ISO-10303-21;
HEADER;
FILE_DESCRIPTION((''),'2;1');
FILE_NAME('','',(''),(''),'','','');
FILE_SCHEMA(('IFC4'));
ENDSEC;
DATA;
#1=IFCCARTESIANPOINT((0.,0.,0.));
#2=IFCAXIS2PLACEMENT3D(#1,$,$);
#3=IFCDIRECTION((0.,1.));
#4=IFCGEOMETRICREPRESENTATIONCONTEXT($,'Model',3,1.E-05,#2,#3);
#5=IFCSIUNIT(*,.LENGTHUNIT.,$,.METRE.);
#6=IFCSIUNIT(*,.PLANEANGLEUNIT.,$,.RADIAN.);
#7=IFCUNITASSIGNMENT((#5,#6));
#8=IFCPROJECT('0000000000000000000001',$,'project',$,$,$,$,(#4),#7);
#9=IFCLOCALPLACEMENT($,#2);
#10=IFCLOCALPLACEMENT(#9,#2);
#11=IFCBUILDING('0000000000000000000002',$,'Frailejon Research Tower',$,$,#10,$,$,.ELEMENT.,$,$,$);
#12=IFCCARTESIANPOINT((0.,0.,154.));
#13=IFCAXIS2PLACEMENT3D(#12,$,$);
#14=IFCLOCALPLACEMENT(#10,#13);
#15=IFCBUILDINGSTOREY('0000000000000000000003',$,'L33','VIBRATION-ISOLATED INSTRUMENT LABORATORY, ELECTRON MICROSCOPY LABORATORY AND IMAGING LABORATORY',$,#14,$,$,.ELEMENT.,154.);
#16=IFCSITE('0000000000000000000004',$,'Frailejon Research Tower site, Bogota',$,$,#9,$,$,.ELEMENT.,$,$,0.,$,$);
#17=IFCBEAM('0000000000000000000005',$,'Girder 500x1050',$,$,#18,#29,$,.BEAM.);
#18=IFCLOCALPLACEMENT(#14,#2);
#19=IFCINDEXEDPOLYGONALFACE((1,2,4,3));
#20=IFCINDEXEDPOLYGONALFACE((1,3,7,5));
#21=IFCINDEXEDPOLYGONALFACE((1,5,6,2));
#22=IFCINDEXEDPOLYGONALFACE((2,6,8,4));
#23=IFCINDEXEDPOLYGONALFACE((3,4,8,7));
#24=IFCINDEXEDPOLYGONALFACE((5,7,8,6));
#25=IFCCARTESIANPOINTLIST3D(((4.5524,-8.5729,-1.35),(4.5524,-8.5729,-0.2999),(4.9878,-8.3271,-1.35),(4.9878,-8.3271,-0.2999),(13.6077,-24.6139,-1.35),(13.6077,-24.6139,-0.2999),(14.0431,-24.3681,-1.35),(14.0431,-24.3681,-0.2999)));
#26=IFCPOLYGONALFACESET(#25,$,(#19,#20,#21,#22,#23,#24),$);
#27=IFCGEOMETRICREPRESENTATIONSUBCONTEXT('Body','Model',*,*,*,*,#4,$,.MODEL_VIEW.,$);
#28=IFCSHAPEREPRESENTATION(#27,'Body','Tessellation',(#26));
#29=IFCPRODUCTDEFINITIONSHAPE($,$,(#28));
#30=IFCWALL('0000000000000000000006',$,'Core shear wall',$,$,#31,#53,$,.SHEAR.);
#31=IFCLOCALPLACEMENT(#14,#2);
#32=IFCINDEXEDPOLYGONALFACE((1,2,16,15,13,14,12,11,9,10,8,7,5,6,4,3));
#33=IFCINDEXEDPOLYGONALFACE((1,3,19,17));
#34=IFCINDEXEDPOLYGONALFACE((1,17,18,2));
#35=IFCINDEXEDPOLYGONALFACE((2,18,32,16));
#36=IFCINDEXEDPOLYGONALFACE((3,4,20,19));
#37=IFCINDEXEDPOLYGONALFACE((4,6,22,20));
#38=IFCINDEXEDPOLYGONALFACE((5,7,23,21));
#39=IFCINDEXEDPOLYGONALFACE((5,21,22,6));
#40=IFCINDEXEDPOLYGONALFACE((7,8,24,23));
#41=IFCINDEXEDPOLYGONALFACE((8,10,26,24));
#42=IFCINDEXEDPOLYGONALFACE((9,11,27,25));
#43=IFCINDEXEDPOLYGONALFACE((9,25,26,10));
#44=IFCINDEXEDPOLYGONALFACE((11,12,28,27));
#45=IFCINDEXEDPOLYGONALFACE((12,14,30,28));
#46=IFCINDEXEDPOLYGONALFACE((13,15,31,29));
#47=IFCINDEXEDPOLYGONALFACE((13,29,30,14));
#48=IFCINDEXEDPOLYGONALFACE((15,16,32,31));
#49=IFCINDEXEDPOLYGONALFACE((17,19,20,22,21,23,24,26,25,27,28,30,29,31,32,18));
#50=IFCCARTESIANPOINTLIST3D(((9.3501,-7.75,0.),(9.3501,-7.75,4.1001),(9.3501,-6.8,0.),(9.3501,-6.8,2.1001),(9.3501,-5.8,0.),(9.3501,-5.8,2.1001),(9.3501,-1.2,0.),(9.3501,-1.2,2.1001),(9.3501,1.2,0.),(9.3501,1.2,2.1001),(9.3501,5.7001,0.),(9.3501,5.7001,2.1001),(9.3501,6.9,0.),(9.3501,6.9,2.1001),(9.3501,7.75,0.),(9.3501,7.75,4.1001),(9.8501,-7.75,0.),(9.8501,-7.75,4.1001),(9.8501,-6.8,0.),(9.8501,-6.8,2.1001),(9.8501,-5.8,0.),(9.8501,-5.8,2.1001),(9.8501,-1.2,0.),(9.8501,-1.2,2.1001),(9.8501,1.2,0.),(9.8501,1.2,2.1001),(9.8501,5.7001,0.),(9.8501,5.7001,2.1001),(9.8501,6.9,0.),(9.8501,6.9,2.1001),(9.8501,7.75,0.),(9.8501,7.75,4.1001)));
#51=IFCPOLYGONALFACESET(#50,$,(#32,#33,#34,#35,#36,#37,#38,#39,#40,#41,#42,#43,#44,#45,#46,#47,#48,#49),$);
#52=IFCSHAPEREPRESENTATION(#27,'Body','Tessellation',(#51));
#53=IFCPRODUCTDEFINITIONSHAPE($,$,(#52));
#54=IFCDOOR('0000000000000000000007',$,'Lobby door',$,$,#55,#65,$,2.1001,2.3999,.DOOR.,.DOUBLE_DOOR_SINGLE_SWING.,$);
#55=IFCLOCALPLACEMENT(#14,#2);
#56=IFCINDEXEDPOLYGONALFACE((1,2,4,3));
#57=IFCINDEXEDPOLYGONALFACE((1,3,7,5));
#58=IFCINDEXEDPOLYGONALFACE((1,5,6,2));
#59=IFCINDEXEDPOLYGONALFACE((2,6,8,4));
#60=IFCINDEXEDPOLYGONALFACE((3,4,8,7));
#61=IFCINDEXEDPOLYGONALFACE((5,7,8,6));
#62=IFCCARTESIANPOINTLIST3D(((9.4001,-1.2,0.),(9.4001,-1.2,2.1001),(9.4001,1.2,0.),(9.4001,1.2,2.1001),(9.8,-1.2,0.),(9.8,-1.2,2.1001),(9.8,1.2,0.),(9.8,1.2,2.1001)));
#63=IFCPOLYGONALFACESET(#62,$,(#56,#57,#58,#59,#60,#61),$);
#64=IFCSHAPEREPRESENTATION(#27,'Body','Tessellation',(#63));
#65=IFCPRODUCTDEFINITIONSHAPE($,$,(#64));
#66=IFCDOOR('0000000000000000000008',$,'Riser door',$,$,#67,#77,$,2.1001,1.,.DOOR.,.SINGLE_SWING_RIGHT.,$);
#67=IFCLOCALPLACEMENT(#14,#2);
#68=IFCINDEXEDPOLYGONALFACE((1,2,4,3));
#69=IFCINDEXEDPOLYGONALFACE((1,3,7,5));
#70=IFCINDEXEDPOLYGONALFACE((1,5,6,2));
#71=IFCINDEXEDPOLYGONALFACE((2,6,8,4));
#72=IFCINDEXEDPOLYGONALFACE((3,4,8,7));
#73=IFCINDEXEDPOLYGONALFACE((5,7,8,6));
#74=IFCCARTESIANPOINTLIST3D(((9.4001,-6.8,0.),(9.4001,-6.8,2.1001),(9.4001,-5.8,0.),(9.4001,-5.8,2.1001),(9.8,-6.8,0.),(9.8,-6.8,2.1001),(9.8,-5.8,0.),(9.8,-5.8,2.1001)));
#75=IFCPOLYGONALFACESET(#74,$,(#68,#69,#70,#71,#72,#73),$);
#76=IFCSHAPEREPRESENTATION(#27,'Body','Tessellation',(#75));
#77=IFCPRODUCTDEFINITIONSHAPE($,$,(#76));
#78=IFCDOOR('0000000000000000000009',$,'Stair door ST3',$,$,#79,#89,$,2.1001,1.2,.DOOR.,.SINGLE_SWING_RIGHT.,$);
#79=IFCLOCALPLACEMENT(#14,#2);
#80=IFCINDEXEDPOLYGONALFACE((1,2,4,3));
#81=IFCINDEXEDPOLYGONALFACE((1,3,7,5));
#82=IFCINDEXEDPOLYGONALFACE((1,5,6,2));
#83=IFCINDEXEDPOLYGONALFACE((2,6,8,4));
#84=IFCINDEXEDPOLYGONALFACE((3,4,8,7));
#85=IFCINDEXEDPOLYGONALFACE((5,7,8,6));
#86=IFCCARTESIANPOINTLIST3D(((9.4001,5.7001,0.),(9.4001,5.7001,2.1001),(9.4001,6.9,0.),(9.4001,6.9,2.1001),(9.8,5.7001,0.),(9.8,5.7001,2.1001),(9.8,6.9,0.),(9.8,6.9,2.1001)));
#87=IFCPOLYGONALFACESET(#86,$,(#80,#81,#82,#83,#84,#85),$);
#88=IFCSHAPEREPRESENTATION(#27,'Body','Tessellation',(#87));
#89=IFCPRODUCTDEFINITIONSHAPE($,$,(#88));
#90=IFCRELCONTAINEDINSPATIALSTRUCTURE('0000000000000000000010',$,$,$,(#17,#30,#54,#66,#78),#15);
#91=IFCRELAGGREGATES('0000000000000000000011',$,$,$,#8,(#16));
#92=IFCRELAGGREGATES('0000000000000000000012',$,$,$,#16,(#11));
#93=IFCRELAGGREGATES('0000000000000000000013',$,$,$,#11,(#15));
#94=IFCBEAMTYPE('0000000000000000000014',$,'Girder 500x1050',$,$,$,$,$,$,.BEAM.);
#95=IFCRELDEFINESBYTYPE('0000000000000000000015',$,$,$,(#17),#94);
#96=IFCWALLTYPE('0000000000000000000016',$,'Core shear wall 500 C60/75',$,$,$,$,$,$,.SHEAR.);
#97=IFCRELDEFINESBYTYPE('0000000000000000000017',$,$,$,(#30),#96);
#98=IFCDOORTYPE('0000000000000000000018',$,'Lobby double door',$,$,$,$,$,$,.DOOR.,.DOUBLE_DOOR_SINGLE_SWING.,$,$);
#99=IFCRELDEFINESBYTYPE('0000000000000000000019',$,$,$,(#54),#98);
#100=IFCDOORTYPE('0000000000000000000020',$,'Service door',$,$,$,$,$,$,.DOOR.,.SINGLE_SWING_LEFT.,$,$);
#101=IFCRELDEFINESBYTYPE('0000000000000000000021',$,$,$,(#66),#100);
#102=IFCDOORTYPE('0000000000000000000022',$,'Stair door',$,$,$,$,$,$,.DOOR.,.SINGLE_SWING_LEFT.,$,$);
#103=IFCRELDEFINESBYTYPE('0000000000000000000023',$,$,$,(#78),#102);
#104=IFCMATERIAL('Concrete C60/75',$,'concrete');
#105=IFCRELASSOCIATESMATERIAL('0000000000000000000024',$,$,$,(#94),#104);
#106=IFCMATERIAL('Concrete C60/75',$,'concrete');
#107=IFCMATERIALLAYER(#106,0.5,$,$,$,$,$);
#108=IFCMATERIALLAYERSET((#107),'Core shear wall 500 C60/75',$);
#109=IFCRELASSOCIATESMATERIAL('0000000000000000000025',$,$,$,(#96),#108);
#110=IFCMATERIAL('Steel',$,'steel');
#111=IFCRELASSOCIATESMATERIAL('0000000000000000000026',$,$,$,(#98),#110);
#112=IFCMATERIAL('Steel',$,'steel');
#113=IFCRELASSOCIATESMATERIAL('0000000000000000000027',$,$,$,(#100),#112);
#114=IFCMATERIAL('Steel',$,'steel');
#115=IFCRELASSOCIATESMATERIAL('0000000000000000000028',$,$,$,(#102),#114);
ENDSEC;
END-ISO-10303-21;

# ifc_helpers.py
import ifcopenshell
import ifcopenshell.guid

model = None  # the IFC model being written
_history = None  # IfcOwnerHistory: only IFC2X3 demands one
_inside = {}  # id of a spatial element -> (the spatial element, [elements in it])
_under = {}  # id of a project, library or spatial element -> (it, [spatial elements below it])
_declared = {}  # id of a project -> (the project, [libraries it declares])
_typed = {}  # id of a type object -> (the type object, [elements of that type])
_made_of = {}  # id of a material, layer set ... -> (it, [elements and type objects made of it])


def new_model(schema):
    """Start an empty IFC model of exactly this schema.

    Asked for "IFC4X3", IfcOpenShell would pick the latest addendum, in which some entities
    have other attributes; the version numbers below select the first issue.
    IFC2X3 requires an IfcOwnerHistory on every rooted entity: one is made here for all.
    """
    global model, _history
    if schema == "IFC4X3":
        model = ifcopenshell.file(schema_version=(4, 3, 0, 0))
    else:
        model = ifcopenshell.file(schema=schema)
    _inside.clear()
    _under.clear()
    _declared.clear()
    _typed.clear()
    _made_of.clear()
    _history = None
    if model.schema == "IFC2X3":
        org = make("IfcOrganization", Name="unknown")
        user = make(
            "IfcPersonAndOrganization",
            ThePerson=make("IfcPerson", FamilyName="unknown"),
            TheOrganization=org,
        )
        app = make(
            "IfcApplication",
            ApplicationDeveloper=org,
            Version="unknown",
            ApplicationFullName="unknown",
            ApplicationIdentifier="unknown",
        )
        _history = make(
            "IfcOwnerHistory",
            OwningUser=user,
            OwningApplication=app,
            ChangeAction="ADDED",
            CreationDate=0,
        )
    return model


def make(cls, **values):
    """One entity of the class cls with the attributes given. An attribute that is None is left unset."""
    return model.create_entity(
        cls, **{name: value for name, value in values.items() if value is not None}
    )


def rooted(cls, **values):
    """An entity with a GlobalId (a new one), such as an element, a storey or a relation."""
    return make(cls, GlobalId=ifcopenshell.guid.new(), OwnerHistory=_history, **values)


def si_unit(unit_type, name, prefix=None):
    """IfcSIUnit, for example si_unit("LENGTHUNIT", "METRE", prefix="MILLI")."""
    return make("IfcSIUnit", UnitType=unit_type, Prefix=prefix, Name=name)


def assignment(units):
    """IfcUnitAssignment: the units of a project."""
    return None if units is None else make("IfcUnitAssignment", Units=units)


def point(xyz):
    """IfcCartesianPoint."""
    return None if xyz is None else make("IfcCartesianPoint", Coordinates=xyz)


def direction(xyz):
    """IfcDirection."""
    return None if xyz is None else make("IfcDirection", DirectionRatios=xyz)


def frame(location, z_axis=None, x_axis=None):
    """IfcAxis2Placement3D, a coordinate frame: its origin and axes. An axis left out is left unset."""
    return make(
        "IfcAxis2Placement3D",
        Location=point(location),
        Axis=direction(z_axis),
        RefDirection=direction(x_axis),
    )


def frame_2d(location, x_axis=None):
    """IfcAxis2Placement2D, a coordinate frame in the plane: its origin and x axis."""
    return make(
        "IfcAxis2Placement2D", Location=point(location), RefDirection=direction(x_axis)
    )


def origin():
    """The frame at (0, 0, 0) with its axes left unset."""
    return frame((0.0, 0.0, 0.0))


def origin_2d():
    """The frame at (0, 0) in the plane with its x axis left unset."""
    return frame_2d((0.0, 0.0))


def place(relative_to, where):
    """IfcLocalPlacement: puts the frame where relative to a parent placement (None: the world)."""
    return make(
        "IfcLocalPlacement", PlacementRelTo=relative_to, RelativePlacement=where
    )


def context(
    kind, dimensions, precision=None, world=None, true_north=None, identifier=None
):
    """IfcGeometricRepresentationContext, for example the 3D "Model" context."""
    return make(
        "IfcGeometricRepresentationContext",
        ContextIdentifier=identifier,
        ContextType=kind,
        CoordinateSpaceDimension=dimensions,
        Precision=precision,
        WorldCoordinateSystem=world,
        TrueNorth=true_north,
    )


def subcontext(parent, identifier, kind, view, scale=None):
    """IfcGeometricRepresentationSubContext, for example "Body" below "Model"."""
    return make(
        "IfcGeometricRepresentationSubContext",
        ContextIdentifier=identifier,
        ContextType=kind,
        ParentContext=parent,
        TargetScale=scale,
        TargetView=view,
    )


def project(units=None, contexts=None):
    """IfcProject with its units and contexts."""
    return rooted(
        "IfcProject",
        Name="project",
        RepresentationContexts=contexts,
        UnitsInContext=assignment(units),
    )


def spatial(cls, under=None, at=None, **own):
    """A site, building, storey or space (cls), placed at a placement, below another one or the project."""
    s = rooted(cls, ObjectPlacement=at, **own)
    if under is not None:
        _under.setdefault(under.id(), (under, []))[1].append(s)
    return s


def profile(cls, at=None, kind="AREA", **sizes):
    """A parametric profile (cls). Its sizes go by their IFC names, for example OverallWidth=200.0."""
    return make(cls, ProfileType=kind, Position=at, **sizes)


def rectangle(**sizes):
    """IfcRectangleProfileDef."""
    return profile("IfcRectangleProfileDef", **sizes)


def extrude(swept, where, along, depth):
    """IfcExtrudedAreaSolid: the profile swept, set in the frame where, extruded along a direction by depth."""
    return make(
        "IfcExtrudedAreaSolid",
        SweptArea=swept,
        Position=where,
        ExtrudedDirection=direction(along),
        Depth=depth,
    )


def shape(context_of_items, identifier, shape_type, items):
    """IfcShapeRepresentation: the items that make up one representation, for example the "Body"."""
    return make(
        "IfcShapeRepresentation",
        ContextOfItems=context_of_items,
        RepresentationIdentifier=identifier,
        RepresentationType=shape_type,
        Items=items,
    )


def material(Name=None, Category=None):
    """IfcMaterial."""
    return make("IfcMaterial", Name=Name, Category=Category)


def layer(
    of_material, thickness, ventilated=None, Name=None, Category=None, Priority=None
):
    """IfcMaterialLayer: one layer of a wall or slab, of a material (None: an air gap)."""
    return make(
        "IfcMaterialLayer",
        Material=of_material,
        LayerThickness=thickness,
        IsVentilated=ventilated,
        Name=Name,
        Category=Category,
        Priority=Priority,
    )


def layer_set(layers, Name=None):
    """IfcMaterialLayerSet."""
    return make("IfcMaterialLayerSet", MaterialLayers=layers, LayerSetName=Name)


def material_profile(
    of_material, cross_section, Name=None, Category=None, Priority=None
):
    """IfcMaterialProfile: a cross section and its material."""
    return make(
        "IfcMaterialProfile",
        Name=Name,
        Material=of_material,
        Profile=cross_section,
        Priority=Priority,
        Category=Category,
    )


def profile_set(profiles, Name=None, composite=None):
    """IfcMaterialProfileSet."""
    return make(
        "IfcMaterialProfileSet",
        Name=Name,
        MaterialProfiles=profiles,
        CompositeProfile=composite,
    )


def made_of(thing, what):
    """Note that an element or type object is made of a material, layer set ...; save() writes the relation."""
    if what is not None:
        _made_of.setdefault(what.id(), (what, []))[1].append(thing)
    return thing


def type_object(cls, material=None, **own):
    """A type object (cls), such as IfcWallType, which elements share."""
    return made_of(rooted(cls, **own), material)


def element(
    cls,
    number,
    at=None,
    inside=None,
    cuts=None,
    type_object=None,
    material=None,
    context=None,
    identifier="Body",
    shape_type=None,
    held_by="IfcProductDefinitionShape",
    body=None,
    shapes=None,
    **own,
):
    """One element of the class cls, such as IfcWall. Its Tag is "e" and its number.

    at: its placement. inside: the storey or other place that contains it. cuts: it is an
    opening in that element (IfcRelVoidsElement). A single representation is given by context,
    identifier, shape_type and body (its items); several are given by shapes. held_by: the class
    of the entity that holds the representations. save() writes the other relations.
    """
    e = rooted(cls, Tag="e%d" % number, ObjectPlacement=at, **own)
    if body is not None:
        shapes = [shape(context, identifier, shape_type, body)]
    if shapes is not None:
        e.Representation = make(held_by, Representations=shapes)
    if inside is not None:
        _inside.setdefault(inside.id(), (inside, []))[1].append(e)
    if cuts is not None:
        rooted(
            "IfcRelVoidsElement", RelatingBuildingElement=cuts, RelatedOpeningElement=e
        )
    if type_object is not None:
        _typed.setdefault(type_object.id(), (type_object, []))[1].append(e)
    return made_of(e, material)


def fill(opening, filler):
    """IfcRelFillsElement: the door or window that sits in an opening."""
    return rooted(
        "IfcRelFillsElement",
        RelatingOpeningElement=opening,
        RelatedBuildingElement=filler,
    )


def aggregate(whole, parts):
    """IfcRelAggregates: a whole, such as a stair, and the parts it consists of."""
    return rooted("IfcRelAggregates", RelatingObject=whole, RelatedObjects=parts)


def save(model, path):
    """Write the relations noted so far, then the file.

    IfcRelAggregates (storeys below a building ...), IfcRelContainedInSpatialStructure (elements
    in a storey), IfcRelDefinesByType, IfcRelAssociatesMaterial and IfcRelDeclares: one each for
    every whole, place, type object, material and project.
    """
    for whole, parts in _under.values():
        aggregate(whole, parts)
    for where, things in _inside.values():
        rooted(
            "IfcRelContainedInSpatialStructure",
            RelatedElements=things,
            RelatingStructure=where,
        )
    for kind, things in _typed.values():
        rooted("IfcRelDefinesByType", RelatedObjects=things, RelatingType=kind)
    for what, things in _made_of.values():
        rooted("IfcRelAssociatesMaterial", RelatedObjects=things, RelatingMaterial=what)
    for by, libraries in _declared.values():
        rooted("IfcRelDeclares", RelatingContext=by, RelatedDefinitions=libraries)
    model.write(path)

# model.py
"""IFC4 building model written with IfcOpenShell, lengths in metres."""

from ifc_helpers import new_model, si_unit, direction, frame, frame_2d, origin, origin_2d, place, context, subcontext, project, spatial, rectangle, extrude, material, layer, layer_set, material_profile, profile_set, type_object, element, fill, save


model = new_model("IFC4")

# Units and contexts
model_context = context("Model", 3, precision=1e-05, world=origin(), true_north=direction((0.0, 1.0)))
body_context = subcontext(model_context, "Body", "Model", "MODEL_VIEW")
ifc_project = project(units=[si_unit("LENGTHUNIT", "METRE"), si_unit("PLANEANGLEUNIT", "RADIAN")], contexts=[model_context])

# Site, building, storey
site_placement = place(None, origin())
site = spatial("IfcSite", under=ifc_project, at=site_placement, Name="Frailejon Research Tower site, Bogota", CompositionType="ELEMENT", RefElevation=0.0)
building_placement = place(site_placement, origin())
building = spatial("IfcBuilding", under=site, at=building_placement, Name="Frailejon Research Tower", CompositionType="ELEMENT")
storey_placement = place(building_placement, frame((0.0, 0.0, 154.0)))
storey = spatial("IfcBuildingStorey", under=building, at=storey_placement, Name="L33", Description="VIBRATION-ISOLATED INSTRUMENT LABORATORY, ELECTRON MICROSCOPY LABORATORY AND IMAGING LABORATORY", CompositionType="ELEMENT", Elevation=154.0)

# Beam
ifc_material_1 = material(Name="Concrete C60/75", Category="concrete")
ifc_material_profile = material_profile(ifc_material_1, rectangle(XDim=0.5, YDim=1.05, at=origin_2d()), Name="Girder 500x1050")
ifc_profile_set = profile_set([ifc_material_profile], Name="Concrete C60/75")
beam_type = type_object("IfcBeamType", Name="Girder 500x1050", PredefinedType="BEAM", material=ifc_profile_set)
beam_placement = place(storey_placement, frame((13.8254, -24.491, -0.825), z_axis=(-0.491595, 0.870824, 0.0), x_axis=(-0.870824, -0.491595, 0.0)))
element("IfcBeam", 1, at=beam_placement, inside=storey, type_object=beam_type, Name="Girder 500x1050", PredefinedType="BEAM", context=body_context, shape_type="SweptSolid", body=[
    extrude(rectangle(XDim=0.5, YDim=1.05, at=origin_2d()), origin(), (0.0, 0.0, 1.0), 18.4204),
])

# Wall, openings, doors
ifc_material_2 = material(Name="Concrete C60/75", Category="concrete")
ifc_layer_1 = layer(ifc_material_2, 0.5)
ifc_layer_set_1 = layer_set([ifc_layer_1], Name="Core shear wall 500 C60/75")
wall_type_1 = type_object("IfcWallType", Name="Core shear wall 500 C60/75", PredefinedType="SHEAR", material=ifc_layer_set_1)
wall_1_placement = place(storey_placement, frame((9.6001, -7.75, 0.0), z_axis=(0.0, 0.0, 1.0), x_axis=(0.0, 1.0, 0.0)))
wall_1 = element("IfcWall", 2, at=wall_1_placement, inside=storey, type_object=wall_type_1, Name="Core shear wall", PredefinedType="SHEAR", context=body_context, shape_type="SweptSolid", body=[
    extrude(rectangle(XDim=15.5, YDim=0.5, at=frame_2d((7.75, 0.0))), origin(), (0.0, 0.0, 1.0), 4.1001),
])
opening_1_placement = place(wall_1_placement, frame((6.55, 0.0, 0.0)))
opening_1 = element("IfcOpeningElement", 3, at=opening_1_placement, cuts=wall_1, PredefinedType="OPENING", context=body_context, shape_type="SweptSolid", body=[
    extrude(rectangle(XDim=2.3999, YDim=2.1001, at=frame_2d((1.2, 1.05))), frame((0.0, 0.26, 0.0), z_axis=(0.0, -1.0, 0.0), x_axis=(1.0, 0.0, 0.0)), (0.0, 0.0, 1.0), 0.52),
])
opening_2_placement = place(wall_1_placement, frame((13.45, 0.0, 0.0)))
opening_2 = element("IfcOpeningElement", 4, at=opening_2_placement, cuts=wall_1, PredefinedType="OPENING", context=body_context, shape_type="SweptSolid", body=[
    extrude(rectangle(XDim=1.2, YDim=2.1001, at=frame_2d((0.6001, 1.05))), frame((0.0, 0.26, 0.0), z_axis=(0.0, -1.0, 0.0), x_axis=(1.0, 0.0, 0.0)), (0.0, 0.0, 1.0), 0.52),
])
opening_3_placement = place(wall_1_placement, frame((0.95, 0.0, 0.0)))
opening_3 = element("IfcOpeningElement", 5, at=opening_3_placement, cuts=wall_1, PredefinedType="OPENING", context=body_context, shape_type="SweptSolid", body=[
    extrude(rectangle(XDim=1.0, YDim=2.1001, at=frame_2d((0.5, 1.05))), frame((0.0, 0.26, 0.0), z_axis=(0.0, -1.0, 0.0), x_axis=(1.0, 0.0, 0.0)), (0.0, 0.0, 1.0), 0.52),
])
ifc_material_3 = material(Name="Steel", Category="steel")
door_type_1 = type_object("IfcDoorType", Name="Lobby double door", OperationType="DOUBLE_DOOR_SINGLE_SWING", PredefinedType="DOOR", material=ifc_material_3)
door_1_placement = place(opening_1_placement, origin())
door_1 = element("IfcDoor", 6, at=door_1_placement, inside=storey, type_object=door_type_1, Name="Lobby door", OperationType="DOUBLE_DOOR_SINGLE_SWING", OverallHeight=2.1001, OverallWidth=2.3999, PredefinedType="DOOR", context=body_context, shape_type="SweptSolid", body=[
    extrude(rectangle(XDim=2.3999, YDim=2.1001, at=frame_2d((1.2, 1.05))), frame((0.0, 0.2, 0.0), z_axis=(0.0, -1.0, 0.0), x_axis=(1.0, 0.0, 0.0)), (0.0, 0.0, 1.0), 0.3999),
])
fill(opening_1, door_1)
ifc_material_4 = material(Name="Steel", Category="steel")
door_type_2 = type_object("IfcDoorType", Name="Service door", OperationType="SINGLE_SWING_LEFT", PredefinedType="DOOR", material=ifc_material_4)
door_2_placement = place(opening_3_placement, origin())
door_2 = element("IfcDoor", 7, at=door_2_placement, inside=storey, type_object=door_type_2, Name="Riser door", OperationType="SINGLE_SWING_RIGHT", OverallHeight=2.1001, OverallWidth=1.0, PredefinedType="DOOR", context=body_context, shape_type="SweptSolid", body=[
    extrude(rectangle(XDim=1.0, YDim=2.1001, at=frame_2d((0.5, 1.05))), frame((0.0, 0.2, 0.0), z_axis=(0.0, -1.0, 0.0), x_axis=(1.0, 0.0, 0.0)), (0.0, 0.0, 1.0), 0.3999),
])
fill(opening_3, door_2)
ifc_material_5 = material(Name="Steel", Category="steel")
door_type_3 = type_object("IfcDoorType", Name="Stair door", OperationType="SINGLE_SWING_LEFT", PredefinedType="DOOR", material=ifc_material_5)
door_3_placement = place(opening_2_placement, origin())
door_3 = element("IfcDoor", 8, at=door_3_placement, inside=storey, type_object=door_type_3, Name="Stair door ST3", OperationType="SINGLE_SWING_RIGHT", OverallHeight=2.1001, OverallWidth=1.2, PredefinedType="DOOR", context=body_context, shape_type="SweptSolid", body=[
    extrude(rectangle(XDim=1.2, YDim=2.1001, at=frame_2d((0.6001, 1.05))), frame((0.0, 0.2, 0.0), z_axis=(0.0, -1.0, 0.0), x_axis=(1.0, 0.0, 0.0)), (0.0, 0.0, 1.0), 0.3999),
])
fill(opening_2, door_3)

save(model, "model.ifc")
